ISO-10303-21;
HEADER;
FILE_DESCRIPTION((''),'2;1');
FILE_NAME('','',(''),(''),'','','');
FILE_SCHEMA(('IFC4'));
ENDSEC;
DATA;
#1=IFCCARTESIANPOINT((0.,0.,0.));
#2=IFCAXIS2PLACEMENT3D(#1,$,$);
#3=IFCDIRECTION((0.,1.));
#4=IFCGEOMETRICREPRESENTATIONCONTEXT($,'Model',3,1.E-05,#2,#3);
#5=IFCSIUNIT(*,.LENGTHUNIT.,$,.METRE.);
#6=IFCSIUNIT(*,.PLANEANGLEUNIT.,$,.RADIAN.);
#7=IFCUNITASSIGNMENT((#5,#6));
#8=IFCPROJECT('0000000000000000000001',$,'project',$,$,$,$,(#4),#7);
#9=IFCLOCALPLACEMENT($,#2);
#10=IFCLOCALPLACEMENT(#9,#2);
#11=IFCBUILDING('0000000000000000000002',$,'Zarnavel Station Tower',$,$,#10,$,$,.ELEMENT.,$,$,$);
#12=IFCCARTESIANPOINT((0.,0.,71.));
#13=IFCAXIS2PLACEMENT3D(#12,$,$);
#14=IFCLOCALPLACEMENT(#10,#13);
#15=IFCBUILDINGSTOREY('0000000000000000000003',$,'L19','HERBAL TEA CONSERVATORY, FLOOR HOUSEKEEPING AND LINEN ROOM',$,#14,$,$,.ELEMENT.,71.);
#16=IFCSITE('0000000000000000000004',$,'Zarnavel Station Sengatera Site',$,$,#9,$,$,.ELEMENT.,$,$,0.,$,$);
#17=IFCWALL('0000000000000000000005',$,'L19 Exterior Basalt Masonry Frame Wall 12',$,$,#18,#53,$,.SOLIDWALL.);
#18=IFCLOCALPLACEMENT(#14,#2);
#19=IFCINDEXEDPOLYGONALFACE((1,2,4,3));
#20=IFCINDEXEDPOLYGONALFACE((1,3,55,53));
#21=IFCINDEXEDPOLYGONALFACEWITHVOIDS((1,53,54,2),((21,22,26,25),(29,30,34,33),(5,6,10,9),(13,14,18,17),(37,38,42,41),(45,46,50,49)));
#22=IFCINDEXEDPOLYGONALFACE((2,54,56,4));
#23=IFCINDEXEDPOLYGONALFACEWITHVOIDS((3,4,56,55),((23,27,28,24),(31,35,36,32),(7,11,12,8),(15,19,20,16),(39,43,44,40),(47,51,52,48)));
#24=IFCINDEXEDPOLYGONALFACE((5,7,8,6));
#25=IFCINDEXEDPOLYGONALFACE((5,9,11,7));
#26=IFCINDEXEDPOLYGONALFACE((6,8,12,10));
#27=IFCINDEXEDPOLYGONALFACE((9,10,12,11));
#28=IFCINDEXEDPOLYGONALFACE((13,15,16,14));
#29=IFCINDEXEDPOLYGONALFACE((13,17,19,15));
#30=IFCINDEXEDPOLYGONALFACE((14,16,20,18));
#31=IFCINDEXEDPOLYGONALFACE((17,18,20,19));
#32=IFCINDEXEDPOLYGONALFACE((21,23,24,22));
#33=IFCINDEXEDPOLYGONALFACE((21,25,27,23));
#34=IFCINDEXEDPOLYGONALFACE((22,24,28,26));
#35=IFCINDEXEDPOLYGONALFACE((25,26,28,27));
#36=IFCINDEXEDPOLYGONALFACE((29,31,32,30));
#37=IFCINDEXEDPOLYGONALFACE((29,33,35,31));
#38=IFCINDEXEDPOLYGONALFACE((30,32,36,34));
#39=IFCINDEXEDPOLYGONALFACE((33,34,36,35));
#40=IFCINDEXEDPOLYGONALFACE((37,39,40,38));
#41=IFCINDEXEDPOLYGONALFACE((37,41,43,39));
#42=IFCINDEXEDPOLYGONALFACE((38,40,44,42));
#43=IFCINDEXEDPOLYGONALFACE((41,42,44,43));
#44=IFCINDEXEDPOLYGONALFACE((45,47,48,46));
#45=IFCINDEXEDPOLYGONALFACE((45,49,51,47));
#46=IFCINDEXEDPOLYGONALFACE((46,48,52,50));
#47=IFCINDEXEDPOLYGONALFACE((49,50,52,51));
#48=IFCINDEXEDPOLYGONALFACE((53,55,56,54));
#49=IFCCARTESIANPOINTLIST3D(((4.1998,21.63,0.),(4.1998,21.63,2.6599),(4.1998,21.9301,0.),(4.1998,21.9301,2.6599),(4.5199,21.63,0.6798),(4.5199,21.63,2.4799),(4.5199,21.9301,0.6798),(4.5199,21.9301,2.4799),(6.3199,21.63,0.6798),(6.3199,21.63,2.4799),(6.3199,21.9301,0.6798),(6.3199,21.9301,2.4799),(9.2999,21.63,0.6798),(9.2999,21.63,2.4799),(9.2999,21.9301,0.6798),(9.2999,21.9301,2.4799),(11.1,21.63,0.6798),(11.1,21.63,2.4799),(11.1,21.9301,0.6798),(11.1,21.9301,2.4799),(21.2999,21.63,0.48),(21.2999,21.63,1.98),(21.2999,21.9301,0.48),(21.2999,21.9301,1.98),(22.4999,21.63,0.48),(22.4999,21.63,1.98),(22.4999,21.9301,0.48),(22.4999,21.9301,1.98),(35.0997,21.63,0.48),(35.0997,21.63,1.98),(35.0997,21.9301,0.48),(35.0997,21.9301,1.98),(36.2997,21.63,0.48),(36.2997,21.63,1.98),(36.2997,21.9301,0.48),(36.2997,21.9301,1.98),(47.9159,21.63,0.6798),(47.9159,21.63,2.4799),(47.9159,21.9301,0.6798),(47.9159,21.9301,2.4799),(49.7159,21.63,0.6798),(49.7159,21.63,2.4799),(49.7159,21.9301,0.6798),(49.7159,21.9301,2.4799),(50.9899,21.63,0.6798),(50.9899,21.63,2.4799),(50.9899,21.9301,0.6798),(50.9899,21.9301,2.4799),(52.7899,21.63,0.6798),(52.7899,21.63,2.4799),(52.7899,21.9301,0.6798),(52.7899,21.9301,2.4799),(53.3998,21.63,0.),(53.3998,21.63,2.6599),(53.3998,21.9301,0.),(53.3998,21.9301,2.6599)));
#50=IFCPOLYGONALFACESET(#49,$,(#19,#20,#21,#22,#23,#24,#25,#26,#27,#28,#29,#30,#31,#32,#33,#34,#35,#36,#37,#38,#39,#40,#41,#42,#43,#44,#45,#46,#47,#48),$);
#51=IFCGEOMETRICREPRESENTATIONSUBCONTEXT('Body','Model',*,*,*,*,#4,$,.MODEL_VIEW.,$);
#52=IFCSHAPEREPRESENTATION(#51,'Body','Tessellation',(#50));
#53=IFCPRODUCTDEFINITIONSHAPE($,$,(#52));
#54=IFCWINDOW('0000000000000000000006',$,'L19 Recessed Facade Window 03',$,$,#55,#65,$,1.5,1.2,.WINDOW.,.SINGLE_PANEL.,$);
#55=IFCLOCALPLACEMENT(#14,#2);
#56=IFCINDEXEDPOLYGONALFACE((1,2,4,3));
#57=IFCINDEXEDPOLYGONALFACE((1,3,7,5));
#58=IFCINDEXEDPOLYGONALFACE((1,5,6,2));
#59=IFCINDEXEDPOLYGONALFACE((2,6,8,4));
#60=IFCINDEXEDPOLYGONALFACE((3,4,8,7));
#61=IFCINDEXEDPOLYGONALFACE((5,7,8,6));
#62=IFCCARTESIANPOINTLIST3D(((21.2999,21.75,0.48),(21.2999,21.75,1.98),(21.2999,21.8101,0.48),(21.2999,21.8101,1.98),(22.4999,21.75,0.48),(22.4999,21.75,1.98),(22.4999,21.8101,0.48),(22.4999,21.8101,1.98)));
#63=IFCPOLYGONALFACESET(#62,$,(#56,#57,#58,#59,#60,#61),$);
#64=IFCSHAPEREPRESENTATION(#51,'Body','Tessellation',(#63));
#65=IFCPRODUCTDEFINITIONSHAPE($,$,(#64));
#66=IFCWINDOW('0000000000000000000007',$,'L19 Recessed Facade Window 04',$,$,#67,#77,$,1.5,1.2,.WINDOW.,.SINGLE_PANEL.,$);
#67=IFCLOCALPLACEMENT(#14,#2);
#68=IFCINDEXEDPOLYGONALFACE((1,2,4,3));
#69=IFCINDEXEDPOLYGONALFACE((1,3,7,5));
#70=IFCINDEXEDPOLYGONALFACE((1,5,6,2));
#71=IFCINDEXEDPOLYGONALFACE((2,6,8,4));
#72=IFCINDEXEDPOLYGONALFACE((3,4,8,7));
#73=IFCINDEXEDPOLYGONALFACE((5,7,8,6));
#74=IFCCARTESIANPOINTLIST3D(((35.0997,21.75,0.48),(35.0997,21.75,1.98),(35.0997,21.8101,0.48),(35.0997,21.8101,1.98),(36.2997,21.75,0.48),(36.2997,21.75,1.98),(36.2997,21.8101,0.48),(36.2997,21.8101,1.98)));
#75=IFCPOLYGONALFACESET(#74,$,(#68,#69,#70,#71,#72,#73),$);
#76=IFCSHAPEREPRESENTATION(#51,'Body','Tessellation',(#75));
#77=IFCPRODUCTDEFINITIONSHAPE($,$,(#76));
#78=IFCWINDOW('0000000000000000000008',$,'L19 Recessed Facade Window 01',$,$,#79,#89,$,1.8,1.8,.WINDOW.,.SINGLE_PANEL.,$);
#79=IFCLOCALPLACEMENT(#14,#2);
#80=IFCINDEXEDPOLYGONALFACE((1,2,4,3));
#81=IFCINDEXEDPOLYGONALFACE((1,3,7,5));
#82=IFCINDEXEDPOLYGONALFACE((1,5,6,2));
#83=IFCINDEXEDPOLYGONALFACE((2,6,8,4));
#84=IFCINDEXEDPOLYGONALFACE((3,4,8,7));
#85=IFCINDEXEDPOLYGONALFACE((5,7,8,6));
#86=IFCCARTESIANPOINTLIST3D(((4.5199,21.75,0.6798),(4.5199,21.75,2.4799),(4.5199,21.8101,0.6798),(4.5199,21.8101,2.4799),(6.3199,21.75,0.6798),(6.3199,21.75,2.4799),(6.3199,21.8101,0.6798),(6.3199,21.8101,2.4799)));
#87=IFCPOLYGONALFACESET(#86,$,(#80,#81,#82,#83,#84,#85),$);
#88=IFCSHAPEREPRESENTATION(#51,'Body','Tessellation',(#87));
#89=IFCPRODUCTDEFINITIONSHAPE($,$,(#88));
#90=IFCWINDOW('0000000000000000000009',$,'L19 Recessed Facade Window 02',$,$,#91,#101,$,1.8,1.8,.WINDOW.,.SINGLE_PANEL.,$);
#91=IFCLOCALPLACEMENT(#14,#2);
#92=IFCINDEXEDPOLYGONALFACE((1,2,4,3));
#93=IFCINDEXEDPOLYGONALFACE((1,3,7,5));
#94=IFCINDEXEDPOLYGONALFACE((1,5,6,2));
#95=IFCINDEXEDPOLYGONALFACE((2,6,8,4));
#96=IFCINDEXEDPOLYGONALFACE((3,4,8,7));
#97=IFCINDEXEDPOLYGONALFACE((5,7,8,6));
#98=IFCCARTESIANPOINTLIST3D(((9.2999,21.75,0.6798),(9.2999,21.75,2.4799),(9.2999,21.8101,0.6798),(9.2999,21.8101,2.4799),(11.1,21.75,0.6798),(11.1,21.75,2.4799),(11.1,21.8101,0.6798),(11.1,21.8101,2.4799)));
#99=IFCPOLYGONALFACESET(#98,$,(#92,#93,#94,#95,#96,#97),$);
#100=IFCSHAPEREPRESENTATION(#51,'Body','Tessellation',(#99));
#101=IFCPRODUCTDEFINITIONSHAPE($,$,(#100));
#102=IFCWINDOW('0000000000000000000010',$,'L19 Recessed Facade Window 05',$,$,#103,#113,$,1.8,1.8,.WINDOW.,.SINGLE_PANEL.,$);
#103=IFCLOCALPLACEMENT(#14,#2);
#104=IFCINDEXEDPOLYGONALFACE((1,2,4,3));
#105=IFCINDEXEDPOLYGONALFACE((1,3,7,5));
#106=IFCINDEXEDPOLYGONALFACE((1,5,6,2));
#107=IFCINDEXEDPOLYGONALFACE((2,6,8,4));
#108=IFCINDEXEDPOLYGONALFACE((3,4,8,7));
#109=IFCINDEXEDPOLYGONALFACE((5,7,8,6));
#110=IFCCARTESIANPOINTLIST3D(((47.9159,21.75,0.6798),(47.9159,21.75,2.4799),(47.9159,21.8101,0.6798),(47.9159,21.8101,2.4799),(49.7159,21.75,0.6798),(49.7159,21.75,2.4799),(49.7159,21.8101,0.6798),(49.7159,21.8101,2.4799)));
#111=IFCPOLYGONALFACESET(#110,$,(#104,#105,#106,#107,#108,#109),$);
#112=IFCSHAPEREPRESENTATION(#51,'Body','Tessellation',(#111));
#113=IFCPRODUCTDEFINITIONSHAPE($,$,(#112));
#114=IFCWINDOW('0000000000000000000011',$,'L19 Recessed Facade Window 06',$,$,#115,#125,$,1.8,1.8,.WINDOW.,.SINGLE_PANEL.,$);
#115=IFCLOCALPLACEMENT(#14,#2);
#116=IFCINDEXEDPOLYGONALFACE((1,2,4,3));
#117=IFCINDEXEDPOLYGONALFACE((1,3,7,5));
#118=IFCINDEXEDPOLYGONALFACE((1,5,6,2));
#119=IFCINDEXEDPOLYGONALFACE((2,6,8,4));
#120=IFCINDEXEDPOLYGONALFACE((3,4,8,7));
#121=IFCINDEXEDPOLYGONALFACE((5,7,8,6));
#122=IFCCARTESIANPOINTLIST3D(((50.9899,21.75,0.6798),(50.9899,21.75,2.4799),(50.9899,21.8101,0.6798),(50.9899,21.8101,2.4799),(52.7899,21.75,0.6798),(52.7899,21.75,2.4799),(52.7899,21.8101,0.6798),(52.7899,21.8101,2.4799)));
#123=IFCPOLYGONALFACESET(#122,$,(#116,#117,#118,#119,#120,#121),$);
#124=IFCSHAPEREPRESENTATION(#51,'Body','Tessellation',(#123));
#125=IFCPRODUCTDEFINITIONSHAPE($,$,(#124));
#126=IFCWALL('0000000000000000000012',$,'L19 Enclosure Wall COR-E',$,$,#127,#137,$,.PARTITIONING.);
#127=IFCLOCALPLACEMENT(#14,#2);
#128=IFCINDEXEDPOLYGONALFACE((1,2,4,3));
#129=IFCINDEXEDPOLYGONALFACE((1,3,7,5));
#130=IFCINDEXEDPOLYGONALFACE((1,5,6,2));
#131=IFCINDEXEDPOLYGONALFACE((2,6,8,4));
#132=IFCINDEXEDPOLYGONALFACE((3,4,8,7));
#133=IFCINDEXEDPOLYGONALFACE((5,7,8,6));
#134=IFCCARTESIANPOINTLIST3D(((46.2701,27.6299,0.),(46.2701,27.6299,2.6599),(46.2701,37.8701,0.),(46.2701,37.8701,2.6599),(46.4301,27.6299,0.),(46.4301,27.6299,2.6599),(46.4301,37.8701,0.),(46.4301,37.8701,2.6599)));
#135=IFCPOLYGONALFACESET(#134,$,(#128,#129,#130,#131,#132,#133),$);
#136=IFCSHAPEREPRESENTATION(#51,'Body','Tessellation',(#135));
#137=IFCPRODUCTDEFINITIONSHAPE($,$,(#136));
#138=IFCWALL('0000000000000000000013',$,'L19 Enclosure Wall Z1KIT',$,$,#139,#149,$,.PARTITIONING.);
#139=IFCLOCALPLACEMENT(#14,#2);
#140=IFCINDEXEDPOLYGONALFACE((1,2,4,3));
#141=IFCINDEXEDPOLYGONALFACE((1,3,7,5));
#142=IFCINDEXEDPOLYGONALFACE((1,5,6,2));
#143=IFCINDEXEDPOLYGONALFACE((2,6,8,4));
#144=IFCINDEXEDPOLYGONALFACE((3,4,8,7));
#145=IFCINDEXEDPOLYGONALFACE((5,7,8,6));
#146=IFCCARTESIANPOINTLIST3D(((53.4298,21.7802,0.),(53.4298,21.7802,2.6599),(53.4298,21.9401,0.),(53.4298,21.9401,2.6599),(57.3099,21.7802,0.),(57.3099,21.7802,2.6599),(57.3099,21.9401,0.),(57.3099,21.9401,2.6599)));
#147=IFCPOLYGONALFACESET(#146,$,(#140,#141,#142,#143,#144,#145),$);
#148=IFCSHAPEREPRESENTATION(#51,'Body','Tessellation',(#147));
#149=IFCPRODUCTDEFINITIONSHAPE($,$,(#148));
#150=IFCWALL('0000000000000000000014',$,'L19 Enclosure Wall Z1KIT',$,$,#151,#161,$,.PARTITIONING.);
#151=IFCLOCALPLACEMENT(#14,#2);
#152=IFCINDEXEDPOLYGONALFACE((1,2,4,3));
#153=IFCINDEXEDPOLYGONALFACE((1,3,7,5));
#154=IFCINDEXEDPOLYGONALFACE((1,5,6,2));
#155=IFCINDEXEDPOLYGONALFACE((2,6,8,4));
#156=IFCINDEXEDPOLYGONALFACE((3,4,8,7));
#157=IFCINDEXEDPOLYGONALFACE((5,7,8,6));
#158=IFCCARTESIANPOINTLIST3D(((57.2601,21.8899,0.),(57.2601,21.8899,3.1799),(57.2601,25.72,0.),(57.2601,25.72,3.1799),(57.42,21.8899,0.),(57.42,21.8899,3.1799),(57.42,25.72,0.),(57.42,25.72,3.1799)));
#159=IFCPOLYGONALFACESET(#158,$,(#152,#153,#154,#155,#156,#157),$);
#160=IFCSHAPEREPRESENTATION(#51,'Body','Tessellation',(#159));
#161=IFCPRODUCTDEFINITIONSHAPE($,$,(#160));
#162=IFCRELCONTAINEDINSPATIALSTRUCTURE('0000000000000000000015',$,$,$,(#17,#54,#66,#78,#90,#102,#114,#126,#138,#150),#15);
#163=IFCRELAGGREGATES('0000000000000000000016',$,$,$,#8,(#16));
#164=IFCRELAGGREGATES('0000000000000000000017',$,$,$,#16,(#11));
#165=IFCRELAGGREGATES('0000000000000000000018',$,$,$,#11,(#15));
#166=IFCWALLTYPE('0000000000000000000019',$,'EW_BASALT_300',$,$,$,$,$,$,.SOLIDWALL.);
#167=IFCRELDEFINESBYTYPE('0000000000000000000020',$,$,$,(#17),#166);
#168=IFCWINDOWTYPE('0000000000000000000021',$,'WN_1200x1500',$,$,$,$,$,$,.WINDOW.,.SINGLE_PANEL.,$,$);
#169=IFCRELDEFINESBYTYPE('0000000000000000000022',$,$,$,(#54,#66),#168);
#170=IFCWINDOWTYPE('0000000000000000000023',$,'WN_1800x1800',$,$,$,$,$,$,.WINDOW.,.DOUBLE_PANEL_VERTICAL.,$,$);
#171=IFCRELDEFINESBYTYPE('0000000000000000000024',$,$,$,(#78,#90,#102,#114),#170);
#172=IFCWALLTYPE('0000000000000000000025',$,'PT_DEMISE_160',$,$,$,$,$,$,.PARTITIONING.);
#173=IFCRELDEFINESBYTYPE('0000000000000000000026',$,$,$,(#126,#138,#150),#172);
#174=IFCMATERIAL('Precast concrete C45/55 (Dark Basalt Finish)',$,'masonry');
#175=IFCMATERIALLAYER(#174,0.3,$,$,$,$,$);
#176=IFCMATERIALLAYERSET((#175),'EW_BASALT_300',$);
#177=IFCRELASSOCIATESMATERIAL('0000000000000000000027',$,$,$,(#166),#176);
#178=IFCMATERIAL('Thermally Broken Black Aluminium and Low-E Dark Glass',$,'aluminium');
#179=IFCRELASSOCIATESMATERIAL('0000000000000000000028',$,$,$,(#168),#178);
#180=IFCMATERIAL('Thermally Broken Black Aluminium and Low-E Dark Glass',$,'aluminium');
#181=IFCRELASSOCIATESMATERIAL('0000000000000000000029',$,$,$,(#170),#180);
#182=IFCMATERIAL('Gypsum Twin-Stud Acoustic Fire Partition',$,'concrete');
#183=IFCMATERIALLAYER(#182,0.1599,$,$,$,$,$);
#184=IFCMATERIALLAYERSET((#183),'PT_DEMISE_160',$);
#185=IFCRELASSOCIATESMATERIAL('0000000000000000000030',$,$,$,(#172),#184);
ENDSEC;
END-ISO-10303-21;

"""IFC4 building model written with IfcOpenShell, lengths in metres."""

from ifc_helpers import new_model, si_unit, direction, frame, frame_2d, origin, place, context, subcontext, project, spatial, rectangle, extrude, material, layer, layer_set, type_object, element, fill, save


model = new_model("IFC4")

# Units and contexts
model_context = context("Model", 3, precision=1e-05, world=origin(), true_north=direction((0.0, 1.0)))
body_context = subcontext(model_context, "Body", "Model", "MODEL_VIEW")
ifc_project = project(units=[si_unit("LENGTHUNIT", "METRE"), si_unit("PLANEANGLEUNIT", "RADIAN")], contexts=[model_context])

# Site, building, storey
site_placement = place(None, origin())
site = spatial("IfcSite", under=ifc_project, at=site_placement, Name="Zarnavel Station Sengatera Site", CompositionType="ELEMENT", RefElevation=0.0)
building_placement = place(site_placement, origin())
building = spatial("IfcBuilding", under=site, at=building_placement, Name="Zarnavel Station Tower", CompositionType="ELEMENT")
storey_placement = place(building_placement, frame((0.0, 0.0, 71.0)))
storey = spatial("IfcBuildingStorey", under=building, at=storey_placement, Name="L19", Description="HERBAL TEA CONSERVATORY, FLOOR HOUSEKEEPING AND LINEN ROOM", CompositionType="ELEMENT", Elevation=71.0)

# Shared definitions
ifc_material_1 = material(Name="Precast concrete C45/55 (Dark Basalt Finish)", Category="masonry")
ifc_layer_1 = layer(ifc_material_1, 0.3)
ifc_layer_set_1 = layer_set([ifc_layer_1], Name="EW_BASALT_300")
wall_type_1 = type_object("IfcWallType", Name="EW_BASALT_300", PredefinedType="SOLIDWALL", material=ifc_layer_set_1)

# Wall, openings, windows
wall_1_placement = place(storey_placement, frame((53.3999, 21.78, 0.0), z_axis=(0.0, 0.0, 1.0), x_axis=(-1.0, 0.0, 0.0)))
wall_1 = element("IfcWall", 1, at=wall_1_placement, inside=storey, type_object=wall_type_1, Name="L19 Exterior Basalt Masonry Frame Wall 12", PredefinedType="SOLIDWALL", context=body_context, shape_type="SweptSolid", body=[
    extrude(rectangle(XDim=49.2, YDim=0.3, at=frame_2d((24.6001, 0.0))), origin(), (0.0, 0.0, 1.0), 2.6599),
])
opening_1_placement = place(wall_1_placement, frame((47.0801, 0.0, 0.6799)))
opening_1 = element("IfcOpeningElement", 2, at=opening_1_placement, cuts=wall_1, PredefinedType="OPENING", context=body_context, shape_type="SweptSolid", body=[
    extrude(rectangle(XDim=1.8, YDim=1.8, at=frame_2d((0.8999, 0.8999))), frame((0.0, 0.1599, 0.0), z_axis=(0.0, -1.0, 0.0), x_axis=(1.0, 0.0, 0.0)), (0.0, 0.0, 1.0), 0.3201),
])
opening_2_placement = place(wall_1_placement, frame((42.3, 0.0, 0.6799)))
opening_2 = element("IfcOpeningElement", 3, at=opening_2_placement, cuts=wall_1, PredefinedType="OPENING", context=body_context, shape_type="SweptSolid", body=[
    extrude(rectangle(XDim=1.8, YDim=1.8, at=frame_2d((0.8999, 0.8999))), frame((0.0, 0.1599, 0.0), z_axis=(0.0, -1.0, 0.0), x_axis=(1.0, 0.0, 0.0)), (0.0, 0.0, 1.0), 0.3201),
])
opening_3_placement = place(wall_1_placement, frame((30.8999, 0.0, 0.48)))
opening_3 = element("IfcOpeningElement", 4, at=opening_3_placement, cuts=wall_1, PredefinedType="OPENING", context=body_context, shape_type="SweptSolid", body=[
    extrude(rectangle(XDim=1.2, YDim=1.5, at=frame_2d((0.6001, 0.75))), frame((0.0, 0.1599, 0.0), z_axis=(0.0, -1.0, 0.0), x_axis=(1.0, 0.0, 0.0)), (0.0, 0.0, 1.0), 0.3201),
])
opening_4_placement = place(wall_1_placement, frame((17.1001, 0.0, 0.48)))
opening_4 = element("IfcOpeningElement", 5, at=opening_4_placement, cuts=wall_1, PredefinedType="OPENING", context=body_context, shape_type="SweptSolid", body=[
    extrude(rectangle(XDim=1.2, YDim=1.5, at=frame_2d((0.6001, 0.75))), frame((0.0, 0.1599, 0.0), z_axis=(0.0, -1.0, 0.0), x_axis=(1.0, 0.0, 0.0)), (0.0, 0.0, 1.0), 0.3201),
])
opening_5_placement = place(wall_1_placement, frame((3.6841, 0.0, 0.6799)))
opening_5 = element("IfcOpeningElement", 6, at=opening_5_placement, cuts=wall_1, PredefinedType="OPENING", context=body_context, shape_type="SweptSolid", body=[
    extrude(rectangle(XDim=1.8, YDim=1.8, at=frame_2d((0.8999, 0.8999))), frame((0.0, 0.1599, 0.0), z_axis=(0.0, -1.0, 0.0), x_axis=(1.0, 0.0, 0.0)), (0.0, 0.0, 1.0), 0.3201),
])
opening_6_placement = place(wall_1_placement, frame((0.6101, 0.0, 0.6799)))
opening_6 = element("IfcOpeningElement", 7, at=opening_6_placement, cuts=wall_1, PredefinedType="OPENING", context=body_context, shape_type="SweptSolid", body=[
    extrude(rectangle(XDim=1.8, YDim=1.8, at=frame_2d((0.8999, 0.8999))), frame((0.0, 0.1599, 0.0), z_axis=(0.0, -1.0, 0.0), x_axis=(1.0, 0.0, 0.0)), (0.0, 0.0, 1.0), 0.3201),
])
ifc_material_2 = material(Name="Thermally Broken Black Aluminium and Low-E Dark Glass", Category="aluminium")
window_type_1 = type_object("IfcWindowType", Name="WN_1200x1500", PartitioningType="SINGLE_PANEL", PredefinedType="WINDOW", material=ifc_material_2)
window_1_placement = place(opening_3_placement, origin())
window_1 = element("IfcWindow", 8, at=window_1_placement, inside=storey, type_object=window_type_1, Name="L19 Recessed Facade Window 03", OverallHeight=1.5, OverallWidth=1.2, PartitioningType="SINGLE_PANEL", PredefinedType="WINDOW", context=body_context, shape_type="SweptSolid", body=[
    extrude(rectangle(XDim=1.2, YDim=1.5, at=frame_2d((0.6001, 0.75))), frame((0.0, 0.03, 0.0), z_axis=(0.0, -1.0, 0.0), x_axis=(1.0, 0.0, 0.0)), (0.0, 0.0, 1.0), 0.0601),
])
fill(opening_3, window_1)
window_2_placement = place(opening_4_placement, origin())
window_2 = element("IfcWindow", 9, at=window_2_placement, inside=storey, type_object=window_type_1, Name="L19 Recessed Facade Window 04", OverallHeight=1.5, OverallWidth=1.2, PartitioningType="SINGLE_PANEL", PredefinedType="WINDOW", context=body_context, shape_type="SweptSolid", body=[
    extrude(rectangle(XDim=1.2, YDim=1.5, at=frame_2d((0.6001, 0.75))), frame((0.0, 0.03, 0.0), z_axis=(0.0, -1.0, 0.0), x_axis=(1.0, 0.0, 0.0)), (0.0, 0.0, 1.0), 0.0601),
])
fill(opening_4, window_2)
ifc_material_3 = material(Name="Thermally Broken Black Aluminium and Low-E Dark Glass", Category="aluminium")
window_type_2 = type_object("IfcWindowType", Name="WN_1800x1800", PartitioningType="DOUBLE_PANEL_VERTICAL", PredefinedType="WINDOW", material=ifc_material_3)
window_3_placement = place(opening_1_placement, origin())
window_3 = element("IfcWindow", 10, at=window_3_placement, inside=storey, type_object=window_type_2, Name="L19 Recessed Facade Window 01", OverallHeight=1.8, OverallWidth=1.8, PartitioningType="SINGLE_PANEL", PredefinedType="WINDOW", context=body_context, shape_type="SweptSolid", body=[
    extrude(rectangle(XDim=1.8, YDim=1.8, at=frame_2d((0.8999, 0.8999))), frame((0.0, 0.03, 0.0), z_axis=(0.0, -1.0, 0.0), x_axis=(1.0, 0.0, 0.0)), (0.0, 0.0, 1.0), 0.0601),
])
fill(opening_1, window_3)
window_4_placement = place(opening_2_placement, origin())
window_4 = element("IfcWindow", 11, at=window_4_placement, inside=storey, type_object=window_type_2, Name="L19 Recessed Facade Window 02", OverallHeight=1.8, OverallWidth=1.8, PartitioningType="SINGLE_PANEL", PredefinedType="WINDOW", context=body_context, shape_type="SweptSolid", body=[
    extrude(rectangle(XDim=1.8, YDim=1.8, at=frame_2d((0.8999, 0.8999))), frame((0.0, 0.03, 0.0), z_axis=(0.0, -1.0, 0.0), x_axis=(1.0, 0.0, 0.0)), (0.0, 0.0, 1.0), 0.0601),
])
fill(opening_2, window_4)
window_5_placement = place(opening_5_placement, origin())
window_5 = element("IfcWindow", 12, at=window_5_placement, inside=storey, type_object=window_type_2, Name="L19 Recessed Facade Window 05", OverallHeight=1.8, OverallWidth=1.8, PartitioningType="SINGLE_PANEL", PredefinedType="WINDOW", context=body_context, shape_type="SweptSolid", body=[
    extrude(rectangle(XDim=1.8, YDim=1.8, at=frame_2d((0.8999, 0.8999))), frame((0.0, 0.03, 0.0), z_axis=(0.0, -1.0, 0.0), x_axis=(1.0, 0.0, 0.0)), (0.0, 0.0, 1.0), 0.0601),
])
fill(opening_5, window_5)
window_6_placement = place(opening_6_placement, origin())
window_6 = element("IfcWindow", 13, at=window_6_placement, inside=storey, type_object=window_type_2, Name="L19 Recessed Facade Window 06", OverallHeight=1.8, OverallWidth=1.8, PartitioningType="SINGLE_PANEL", PredefinedType="WINDOW", context=body_context, shape_type="SweptSolid", body=[
    extrude(rectangle(XDim=1.8, YDim=1.8, at=frame_2d((0.8999, 0.8999))), frame((0.0, 0.03, 0.0), z_axis=(0.0, -1.0, 0.0), x_axis=(1.0, 0.0, 0.0)), (0.0, 0.0, 1.0), 0.0601),
])
fill(opening_6, window_6)

# Walls
ifc_material_4 = material(Name="Gypsum Twin-Stud Acoustic Fire Partition", Category="concrete")
ifc_layer_2 = layer(ifc_material_4, 0.1599)
ifc_layer_set_2 = layer_set([ifc_layer_2], Name="PT_DEMISE_160")
wall_type_2 = type_object("IfcWallType", Name="PT_DEMISE_160", PredefinedType="PARTITIONING", material=ifc_layer_set_2)
wall_2_placement = place(storey_placement, frame((46.3501, 27.6299, 0.0), z_axis=(0.0, 0.0, 1.0), x_axis=(0.0, 1.0, 0.0)))
element("IfcWall", 14, at=wall_2_placement, inside=storey, type_object=wall_type_2, Name="L19 Enclosure Wall COR-E", PredefinedType="PARTITIONING", context=body_context, shape_type="SweptSolid", body=[
    extrude(rectangle(XDim=10.2402, YDim=0.1599, at=frame_2d((5.1201, 0.0))), origin(), (0.0, 0.0, 1.0), 2.6599),
])
wall_3_placement = place(storey_placement, frame((53.4299, 21.8601, 0.0), z_axis=(0.0, 0.0, 1.0), x_axis=(1.0, 0.0, 0.0)))
element("IfcWall", 15, at=wall_3_placement, inside=storey, type_object=wall_type_2, Name="L19 Enclosure Wall Z1KIT", PredefinedType="PARTITIONING", context=body_context, shape_type="SweptSolid", body=[
    extrude(rectangle(XDim=3.8801, YDim=0.1599, at=frame_2d((1.9399, 0.0))), origin(), (0.0, 0.0, 1.0), 2.6599),
])
wall_4_placement = place(storey_placement, frame((57.3401, 21.8899, 0.0), z_axis=(0.0, 0.0, 1.0), x_axis=(0.0, 1.0, 0.0)))
element("IfcWall", 16, at=wall_4_placement, inside=storey, type_object=wall_type_2, Name="L19 Enclosure Wall Z1KIT", PredefinedType="PARTITIONING", context=body_context, shape_type="SweptSolid", body=[
    extrude(rectangle(XDim=3.8301, YDim=0.1599, at=frame_2d((1.915, 0.0))), origin(), (0.0, 0.0, 1.0), 3.1799),
])

save(model, "model.ifc")
